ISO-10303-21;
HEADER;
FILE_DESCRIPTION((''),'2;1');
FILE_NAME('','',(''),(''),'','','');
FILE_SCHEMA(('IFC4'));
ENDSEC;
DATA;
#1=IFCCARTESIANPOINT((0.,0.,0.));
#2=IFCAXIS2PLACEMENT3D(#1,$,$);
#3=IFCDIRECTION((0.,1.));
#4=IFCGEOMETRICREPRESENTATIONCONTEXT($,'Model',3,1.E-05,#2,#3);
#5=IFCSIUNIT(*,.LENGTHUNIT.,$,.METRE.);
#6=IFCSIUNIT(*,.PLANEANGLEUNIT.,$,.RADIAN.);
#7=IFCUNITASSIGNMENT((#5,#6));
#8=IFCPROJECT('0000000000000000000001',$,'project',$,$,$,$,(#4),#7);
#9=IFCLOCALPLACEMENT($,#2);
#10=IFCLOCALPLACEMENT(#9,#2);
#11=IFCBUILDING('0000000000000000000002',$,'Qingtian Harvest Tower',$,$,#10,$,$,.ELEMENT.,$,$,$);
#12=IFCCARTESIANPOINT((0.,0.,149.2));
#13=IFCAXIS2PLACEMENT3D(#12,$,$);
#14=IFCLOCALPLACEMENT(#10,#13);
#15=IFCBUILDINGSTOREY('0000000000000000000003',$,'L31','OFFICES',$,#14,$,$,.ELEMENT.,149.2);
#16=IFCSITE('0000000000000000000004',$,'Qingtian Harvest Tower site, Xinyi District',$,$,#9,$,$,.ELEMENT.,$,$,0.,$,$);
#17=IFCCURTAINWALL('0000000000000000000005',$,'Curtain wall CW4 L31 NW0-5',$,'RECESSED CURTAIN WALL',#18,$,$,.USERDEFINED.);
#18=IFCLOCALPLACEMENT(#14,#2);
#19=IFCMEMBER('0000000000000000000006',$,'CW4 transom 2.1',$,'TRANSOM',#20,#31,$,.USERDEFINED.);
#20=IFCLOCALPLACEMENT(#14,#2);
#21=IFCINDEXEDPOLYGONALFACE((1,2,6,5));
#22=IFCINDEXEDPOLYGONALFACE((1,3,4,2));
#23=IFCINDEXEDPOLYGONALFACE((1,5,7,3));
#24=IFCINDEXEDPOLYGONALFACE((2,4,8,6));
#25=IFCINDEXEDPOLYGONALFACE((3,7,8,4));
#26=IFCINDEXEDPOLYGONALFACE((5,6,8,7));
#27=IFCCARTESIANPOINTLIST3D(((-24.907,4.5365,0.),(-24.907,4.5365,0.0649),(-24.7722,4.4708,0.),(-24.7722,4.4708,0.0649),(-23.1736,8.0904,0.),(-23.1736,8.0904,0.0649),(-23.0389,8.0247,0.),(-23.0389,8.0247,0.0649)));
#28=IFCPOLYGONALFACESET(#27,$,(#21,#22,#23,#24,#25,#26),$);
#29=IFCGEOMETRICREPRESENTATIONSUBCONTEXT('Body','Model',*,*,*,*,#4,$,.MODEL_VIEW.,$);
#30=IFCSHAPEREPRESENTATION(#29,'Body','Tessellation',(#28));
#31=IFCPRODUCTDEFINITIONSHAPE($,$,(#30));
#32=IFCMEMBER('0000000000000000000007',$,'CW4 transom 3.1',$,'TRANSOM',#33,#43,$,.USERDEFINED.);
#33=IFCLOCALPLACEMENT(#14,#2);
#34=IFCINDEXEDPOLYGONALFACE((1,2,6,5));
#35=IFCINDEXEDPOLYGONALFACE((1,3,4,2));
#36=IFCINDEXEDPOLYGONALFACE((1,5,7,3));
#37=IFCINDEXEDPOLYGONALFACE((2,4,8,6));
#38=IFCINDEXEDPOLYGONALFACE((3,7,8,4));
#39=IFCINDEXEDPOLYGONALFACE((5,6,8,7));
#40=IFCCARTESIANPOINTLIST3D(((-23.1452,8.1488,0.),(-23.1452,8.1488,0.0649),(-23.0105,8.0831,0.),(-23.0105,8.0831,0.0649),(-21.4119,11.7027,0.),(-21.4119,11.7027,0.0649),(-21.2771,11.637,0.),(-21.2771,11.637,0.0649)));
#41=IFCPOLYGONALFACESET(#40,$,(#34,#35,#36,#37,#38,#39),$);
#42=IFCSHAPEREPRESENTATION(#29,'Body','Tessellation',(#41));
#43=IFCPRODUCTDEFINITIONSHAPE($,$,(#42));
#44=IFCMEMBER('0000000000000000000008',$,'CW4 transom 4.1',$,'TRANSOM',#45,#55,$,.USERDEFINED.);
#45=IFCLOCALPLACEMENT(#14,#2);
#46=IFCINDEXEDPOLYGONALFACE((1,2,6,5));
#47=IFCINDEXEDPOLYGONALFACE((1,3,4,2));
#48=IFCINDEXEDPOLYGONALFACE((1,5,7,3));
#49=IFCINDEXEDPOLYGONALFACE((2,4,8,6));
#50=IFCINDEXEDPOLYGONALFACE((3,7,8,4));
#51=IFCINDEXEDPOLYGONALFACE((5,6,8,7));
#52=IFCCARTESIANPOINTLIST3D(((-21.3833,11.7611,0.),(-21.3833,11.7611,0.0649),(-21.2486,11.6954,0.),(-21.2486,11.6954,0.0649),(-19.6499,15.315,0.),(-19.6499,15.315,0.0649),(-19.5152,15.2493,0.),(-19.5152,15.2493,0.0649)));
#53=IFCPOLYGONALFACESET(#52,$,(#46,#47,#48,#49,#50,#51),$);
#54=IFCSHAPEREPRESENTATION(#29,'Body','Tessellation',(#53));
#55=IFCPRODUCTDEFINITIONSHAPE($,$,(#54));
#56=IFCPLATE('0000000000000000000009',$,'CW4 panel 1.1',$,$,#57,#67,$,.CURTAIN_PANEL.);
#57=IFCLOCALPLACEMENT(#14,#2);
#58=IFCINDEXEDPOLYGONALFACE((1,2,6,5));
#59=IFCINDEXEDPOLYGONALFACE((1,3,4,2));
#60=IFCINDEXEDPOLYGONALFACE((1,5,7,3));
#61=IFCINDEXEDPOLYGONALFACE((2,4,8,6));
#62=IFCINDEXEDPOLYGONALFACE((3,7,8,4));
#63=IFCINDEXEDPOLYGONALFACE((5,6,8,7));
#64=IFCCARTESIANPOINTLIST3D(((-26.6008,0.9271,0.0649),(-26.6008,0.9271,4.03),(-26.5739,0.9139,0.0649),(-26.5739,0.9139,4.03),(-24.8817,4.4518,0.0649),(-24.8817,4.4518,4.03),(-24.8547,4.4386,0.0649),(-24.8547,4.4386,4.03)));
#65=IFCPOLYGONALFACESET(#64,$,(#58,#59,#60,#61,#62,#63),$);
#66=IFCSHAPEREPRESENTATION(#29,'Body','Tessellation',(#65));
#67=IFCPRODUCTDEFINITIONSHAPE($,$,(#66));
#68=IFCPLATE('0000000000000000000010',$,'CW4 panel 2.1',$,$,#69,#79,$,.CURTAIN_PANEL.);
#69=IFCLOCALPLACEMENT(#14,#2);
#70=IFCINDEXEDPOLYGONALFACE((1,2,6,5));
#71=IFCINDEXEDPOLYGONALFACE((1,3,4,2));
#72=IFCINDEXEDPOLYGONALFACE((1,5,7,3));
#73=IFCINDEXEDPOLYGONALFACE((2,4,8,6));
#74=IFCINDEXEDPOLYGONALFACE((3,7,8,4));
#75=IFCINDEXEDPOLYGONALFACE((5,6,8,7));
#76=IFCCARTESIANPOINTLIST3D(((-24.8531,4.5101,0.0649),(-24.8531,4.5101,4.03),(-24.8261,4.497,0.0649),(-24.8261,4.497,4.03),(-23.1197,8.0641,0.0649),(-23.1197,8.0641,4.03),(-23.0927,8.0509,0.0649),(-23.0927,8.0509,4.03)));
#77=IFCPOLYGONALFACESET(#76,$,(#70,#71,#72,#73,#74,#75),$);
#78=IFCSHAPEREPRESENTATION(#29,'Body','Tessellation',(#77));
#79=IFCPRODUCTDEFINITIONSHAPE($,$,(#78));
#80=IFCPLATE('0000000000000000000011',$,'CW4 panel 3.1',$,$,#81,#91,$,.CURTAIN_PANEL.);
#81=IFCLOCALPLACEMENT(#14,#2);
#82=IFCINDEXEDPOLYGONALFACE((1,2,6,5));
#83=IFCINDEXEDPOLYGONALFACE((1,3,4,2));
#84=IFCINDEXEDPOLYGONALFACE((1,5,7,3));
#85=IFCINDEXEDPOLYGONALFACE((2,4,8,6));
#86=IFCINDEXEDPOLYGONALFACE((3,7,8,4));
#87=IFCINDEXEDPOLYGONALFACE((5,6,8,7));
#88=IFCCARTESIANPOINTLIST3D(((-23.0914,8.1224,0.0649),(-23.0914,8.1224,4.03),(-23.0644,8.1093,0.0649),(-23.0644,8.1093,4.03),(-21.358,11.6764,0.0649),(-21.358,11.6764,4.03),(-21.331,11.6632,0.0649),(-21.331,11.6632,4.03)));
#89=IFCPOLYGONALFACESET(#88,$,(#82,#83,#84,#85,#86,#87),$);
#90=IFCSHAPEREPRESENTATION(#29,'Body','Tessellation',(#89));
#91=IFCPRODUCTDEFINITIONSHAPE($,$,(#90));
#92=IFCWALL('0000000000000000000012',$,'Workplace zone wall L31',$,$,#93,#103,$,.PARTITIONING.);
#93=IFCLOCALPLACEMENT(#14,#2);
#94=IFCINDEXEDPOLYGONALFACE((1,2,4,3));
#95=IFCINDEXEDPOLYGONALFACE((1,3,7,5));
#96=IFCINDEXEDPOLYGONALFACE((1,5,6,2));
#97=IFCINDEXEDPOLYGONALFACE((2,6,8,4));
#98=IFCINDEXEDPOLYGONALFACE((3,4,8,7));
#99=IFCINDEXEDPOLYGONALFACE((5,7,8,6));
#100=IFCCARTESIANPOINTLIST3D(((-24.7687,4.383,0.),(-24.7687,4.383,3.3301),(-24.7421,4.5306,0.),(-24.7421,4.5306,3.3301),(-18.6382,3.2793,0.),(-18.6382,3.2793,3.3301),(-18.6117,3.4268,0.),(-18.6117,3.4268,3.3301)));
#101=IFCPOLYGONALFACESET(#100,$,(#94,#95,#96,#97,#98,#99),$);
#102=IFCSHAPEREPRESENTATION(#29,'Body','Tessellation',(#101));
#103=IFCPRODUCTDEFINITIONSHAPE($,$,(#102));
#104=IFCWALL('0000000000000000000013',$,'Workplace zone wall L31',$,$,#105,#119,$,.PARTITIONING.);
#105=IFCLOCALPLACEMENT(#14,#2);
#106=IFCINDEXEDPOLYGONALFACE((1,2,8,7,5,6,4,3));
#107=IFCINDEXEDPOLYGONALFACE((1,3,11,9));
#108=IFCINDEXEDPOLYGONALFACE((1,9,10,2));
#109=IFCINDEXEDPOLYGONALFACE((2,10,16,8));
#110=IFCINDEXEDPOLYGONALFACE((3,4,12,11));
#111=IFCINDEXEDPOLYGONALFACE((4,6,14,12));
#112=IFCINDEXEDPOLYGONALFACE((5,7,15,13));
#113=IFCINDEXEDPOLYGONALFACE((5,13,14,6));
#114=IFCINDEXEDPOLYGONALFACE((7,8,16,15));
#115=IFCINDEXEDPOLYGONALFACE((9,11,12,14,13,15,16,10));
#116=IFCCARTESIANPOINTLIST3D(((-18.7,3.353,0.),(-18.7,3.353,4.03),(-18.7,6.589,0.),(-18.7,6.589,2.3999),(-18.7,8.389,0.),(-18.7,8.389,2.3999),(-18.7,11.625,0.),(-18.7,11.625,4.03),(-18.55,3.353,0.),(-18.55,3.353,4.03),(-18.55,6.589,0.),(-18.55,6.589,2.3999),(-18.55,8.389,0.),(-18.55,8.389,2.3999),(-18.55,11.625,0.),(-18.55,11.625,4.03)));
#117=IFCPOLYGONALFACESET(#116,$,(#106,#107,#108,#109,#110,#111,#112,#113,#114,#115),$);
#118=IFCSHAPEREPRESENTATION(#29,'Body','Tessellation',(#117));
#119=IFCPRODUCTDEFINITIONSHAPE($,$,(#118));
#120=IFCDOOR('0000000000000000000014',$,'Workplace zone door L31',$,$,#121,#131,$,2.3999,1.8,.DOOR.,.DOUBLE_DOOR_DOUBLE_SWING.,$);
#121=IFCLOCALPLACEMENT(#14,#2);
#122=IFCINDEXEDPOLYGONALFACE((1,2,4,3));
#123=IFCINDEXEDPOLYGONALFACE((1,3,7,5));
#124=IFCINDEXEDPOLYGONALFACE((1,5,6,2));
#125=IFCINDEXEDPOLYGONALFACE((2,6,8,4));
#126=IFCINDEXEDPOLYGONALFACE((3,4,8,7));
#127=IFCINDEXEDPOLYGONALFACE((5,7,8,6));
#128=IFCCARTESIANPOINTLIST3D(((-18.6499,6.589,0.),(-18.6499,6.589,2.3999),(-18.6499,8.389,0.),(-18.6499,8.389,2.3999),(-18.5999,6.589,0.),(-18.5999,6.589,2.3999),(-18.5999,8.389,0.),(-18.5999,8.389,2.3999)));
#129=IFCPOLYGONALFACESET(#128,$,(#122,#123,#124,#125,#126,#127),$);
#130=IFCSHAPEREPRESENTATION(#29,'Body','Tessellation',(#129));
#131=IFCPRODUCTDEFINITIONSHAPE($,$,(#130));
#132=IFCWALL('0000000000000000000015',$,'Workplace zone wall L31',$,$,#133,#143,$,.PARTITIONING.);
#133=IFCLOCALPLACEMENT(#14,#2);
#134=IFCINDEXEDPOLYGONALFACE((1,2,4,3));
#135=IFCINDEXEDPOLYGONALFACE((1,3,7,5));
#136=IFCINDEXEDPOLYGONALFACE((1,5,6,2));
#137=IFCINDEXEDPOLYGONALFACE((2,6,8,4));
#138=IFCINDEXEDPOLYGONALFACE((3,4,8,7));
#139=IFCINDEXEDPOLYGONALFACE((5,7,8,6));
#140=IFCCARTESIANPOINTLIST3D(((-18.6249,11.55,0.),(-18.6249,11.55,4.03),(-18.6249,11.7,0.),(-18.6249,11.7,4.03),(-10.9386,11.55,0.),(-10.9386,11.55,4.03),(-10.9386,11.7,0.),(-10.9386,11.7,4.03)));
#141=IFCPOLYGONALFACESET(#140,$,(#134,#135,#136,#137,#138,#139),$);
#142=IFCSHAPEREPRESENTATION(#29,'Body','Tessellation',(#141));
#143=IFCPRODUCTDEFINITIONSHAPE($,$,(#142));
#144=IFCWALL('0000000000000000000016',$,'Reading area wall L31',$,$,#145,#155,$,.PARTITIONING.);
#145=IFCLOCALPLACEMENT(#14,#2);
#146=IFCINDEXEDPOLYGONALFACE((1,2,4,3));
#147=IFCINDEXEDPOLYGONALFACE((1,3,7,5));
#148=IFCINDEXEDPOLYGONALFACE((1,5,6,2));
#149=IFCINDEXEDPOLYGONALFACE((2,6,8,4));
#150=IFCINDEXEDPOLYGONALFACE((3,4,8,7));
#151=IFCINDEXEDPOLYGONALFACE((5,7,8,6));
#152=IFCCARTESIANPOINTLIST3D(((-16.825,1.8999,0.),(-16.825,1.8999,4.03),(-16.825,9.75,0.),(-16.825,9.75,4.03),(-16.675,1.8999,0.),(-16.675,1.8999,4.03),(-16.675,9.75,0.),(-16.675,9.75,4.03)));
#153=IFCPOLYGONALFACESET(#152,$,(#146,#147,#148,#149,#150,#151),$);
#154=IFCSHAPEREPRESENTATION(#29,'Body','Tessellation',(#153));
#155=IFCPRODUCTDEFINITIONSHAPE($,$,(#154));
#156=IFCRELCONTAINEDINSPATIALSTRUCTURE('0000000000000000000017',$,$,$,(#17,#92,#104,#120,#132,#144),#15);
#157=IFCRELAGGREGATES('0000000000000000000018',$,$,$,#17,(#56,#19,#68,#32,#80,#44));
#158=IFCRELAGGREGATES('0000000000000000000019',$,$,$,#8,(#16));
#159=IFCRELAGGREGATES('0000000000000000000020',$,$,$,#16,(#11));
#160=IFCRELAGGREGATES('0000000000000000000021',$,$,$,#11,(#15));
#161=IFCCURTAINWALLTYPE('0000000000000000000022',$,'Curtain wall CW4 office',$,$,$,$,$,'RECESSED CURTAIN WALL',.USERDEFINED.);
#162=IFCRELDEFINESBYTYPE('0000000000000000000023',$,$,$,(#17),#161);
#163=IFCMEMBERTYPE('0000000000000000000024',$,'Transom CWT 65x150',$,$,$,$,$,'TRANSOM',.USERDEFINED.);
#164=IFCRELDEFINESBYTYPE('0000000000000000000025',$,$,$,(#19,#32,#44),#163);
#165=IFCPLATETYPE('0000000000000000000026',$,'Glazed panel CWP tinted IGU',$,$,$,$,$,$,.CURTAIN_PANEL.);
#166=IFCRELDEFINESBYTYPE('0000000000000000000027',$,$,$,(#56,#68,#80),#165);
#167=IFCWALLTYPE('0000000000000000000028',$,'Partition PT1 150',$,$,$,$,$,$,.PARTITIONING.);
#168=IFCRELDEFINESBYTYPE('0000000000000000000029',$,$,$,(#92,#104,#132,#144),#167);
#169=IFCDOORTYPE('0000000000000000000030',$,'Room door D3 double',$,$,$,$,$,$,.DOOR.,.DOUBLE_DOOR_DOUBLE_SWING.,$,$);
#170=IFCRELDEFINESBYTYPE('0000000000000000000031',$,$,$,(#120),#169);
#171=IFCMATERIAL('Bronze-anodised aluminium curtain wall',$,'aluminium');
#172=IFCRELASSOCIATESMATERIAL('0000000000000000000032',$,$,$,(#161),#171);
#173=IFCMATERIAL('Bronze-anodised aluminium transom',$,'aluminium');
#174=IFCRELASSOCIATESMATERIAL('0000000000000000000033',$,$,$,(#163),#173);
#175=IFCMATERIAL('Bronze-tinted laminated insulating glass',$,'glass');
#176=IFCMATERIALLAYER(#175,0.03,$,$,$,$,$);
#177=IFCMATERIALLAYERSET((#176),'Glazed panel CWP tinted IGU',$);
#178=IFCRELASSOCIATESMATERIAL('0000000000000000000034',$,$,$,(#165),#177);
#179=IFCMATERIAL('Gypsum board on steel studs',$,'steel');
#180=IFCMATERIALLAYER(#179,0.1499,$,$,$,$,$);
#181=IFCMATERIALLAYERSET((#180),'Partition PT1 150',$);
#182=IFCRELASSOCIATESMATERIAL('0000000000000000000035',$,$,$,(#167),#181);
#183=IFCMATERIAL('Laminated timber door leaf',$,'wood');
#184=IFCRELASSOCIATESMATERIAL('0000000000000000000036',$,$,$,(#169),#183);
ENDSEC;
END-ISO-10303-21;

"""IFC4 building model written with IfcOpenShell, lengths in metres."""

from ifc_helpers import new_model, si_unit, direction, frame, frame_2d, origin, origin_2d, place, context, subcontext, project, spatial, rectangle, extrude, material, layer, layer_set, material_profile, profile_set, type_object, element, fill, aggregate, save


model = new_model("IFC4")

# Units and contexts
model_context = context("Model", 3, precision=1e-05, world=origin(), true_north=direction((0.0, 1.0)))
body_context = subcontext(model_context, "Body", "Model", "MODEL_VIEW")
ifc_project = project(units=[si_unit("LENGTHUNIT", "METRE"), si_unit("PLANEANGLEUNIT", "RADIAN")], contexts=[model_context])

# Site, building, storey
site_placement = place(None, origin())
site = spatial("IfcSite", under=ifc_project, at=site_placement, Name="Qingtian Harvest Tower site, Xinyi District", CompositionType="ELEMENT", RefElevation=0.0)
building_placement = place(site_placement, origin())
building = spatial("IfcBuilding", under=site, at=building_placement, Name="Qingtian Harvest Tower", CompositionType="ELEMENT")
storey_placement = place(building_placement, frame((0.0, 0.0, 149.2)))
storey = spatial("IfcBuildingStorey", under=building, at=storey_placement, Name="L31", Description="OFFICES", CompositionType="ELEMENT", Elevation=149.2)

# Shared definitions
ifc_material_1 = material(Name="Bronze-anodised aluminium curtain wall", Category="aluminium")
curtain_wall_type = type_object("IfcCurtainWallType", Name="Curtain wall CW4 office", ElementType="RECESSED CURTAIN WALL", PredefinedType="USERDEFINED", material=ifc_material_1)

# Curtain wall
curtain_wall_1_placement = place(storey_placement, origin())
curtain_wall_1 = element("IfcCurtainWall", 1, at=curtain_wall_1_placement, inside=storey, type_object=curtain_wall_type, Name="Curtain wall CW4 L31 NW0-5", ObjectType="RECESSED CURTAIN WALL", PredefinedType="USERDEFINED")

# Members
ifc_material_2 = material(Name="Bronze-anodised aluminium transom", Category="aluminium")
ifc_material_profile_1 = material_profile(ifc_material_2, rectangle(XDim=0.1499, YDim=0.0649, at=origin_2d()), Name="AL 65x150")
ifc_profile_set_1 = profile_set([ifc_material_profile_1], Name="Bronze-anodised aluminium transom")
member_type_1 = type_object("IfcMemberType", Name="Transom CWT 65x150", ElementType="TRANSOM", PredefinedType="USERDEFINED", material=ifc_profile_set_1)
member_1_placement = place(storey_placement, frame((-24.8396, 4.5037, 0.0325), z_axis=(0.438375, 0.898792, 0.0), x_axis=(-0.898792, 0.438375, 0.0)))
member_1 = element("IfcMember", 2, at=member_1_placement, type_object=member_type_1, Name="CW4 transom 2.1", ObjectType="TRANSOM", PredefinedType="USERDEFINED", context=body_context, shape_type="SweptSolid", body=[
    extrude(rectangle(XDim=0.1499, YDim=0.0649, at=origin_2d()), origin(), (0.0, 0.0, 1.0), 3.9541),
])
member_2_placement = place(storey_placement, frame((-23.0779, 8.116, 0.0325), z_axis=(0.438375, 0.898792, 0.0), x_axis=(-0.898792, 0.438375, 0.0)))
member_2 = element("IfcMember", 3, at=member_2_placement, type_object=member_type_1, Name="CW4 transom 3.1", ObjectType="TRANSOM", PredefinedType="USERDEFINED", context=body_context, shape_type="SweptSolid", body=[
    extrude(rectangle(XDim=0.1499, YDim=0.0649, at=origin_2d()), origin(), (0.0, 0.0, 1.0), 3.9541),
])
member_3_placement = place(storey_placement, frame((-21.3159, 11.7283, 0.0325), z_axis=(0.438375, 0.898792, 0.0), x_axis=(-0.898792, 0.438375, 0.0)))
member_3 = element("IfcMember", 4, at=member_3_placement, type_object=member_type_1, Name="CW4 transom 4.1", ObjectType="TRANSOM", PredefinedType="USERDEFINED", context=body_context, shape_type="SweptSolid", body=[
    extrude(rectangle(XDim=0.1499, YDim=0.0649, at=origin_2d()), origin(), (0.0, 0.0, 1.0), 3.9541),
])

# Plates
ifc_material_3 = material(Name="Bronze-tinted laminated insulating glass", Category="glass")
ifc_layer_1 = layer(ifc_material_3, 0.03)
ifc_layer_set_1 = layer_set([ifc_layer_1], Name="Glazed panel CWP tinted IGU")
plate_type = type_object("IfcPlateType", Name="Glazed panel CWP tinted IGU", PredefinedType="CURTAIN_PANEL", material=ifc_layer_set_1)
plate_1_placement = place(storey_placement, frame((-25.7278, 2.6829, 0.0649), z_axis=(0.0, 0.0, 1.0), x_axis=(0.438371, 0.898794, 0.0)))
plate_1 = element("IfcPlate", 5, at=plate_1_placement, type_object=plate_type, Name="CW4 panel 1.1", PredefinedType="CURTAIN_PANEL", context=body_context, shape_type="SweptSolid", body=[
    extrude(rectangle(XDim=3.9216, YDim=0.03, at=origin_2d()), origin(), (0.0, 0.0, 1.0), 3.9651),
])
plate_2_placement = place(storey_placement, frame((-23.9729, 6.2805, 0.0649), z_axis=(0.0, 0.0, 1.0), x_axis=(0.438371, 0.898794, 0.0)))
plate_2 = element("IfcPlate", 6, at=plate_2_placement, type_object=plate_type, Name="CW4 panel 2.1", PredefinedType="CURTAIN_PANEL", context=body_context, shape_type="SweptSolid", body=[
    extrude(rectangle(XDim=3.9541, YDim=0.03, at=origin_2d()), origin(), (0.0, 0.0, 1.0), 3.9651),
])
plate_3_placement = place(storey_placement, frame((-22.2112, 9.8928, 0.0649), z_axis=(0.0, 0.0, 1.0), x_axis=(0.438371, 0.898794, 0.0)))
plate_3 = element("IfcPlate", 7, at=plate_3_placement, type_object=plate_type, Name="CW4 panel 3.1", PredefinedType="CURTAIN_PANEL", context=body_context, shape_type="SweptSolid", body=[
    extrude(rectangle(XDim=3.9541, YDim=0.03, at=origin_2d()), origin(), (0.0, 0.0, 1.0), 3.9651),
])
aggregate(curtain_wall_1, [plate_1, member_1, plate_2, member_2, plate_3, member_3])

# Wall
ifc_material_4 = material(Name="Gypsum board on steel studs", Category="steel")
ifc_layer_2 = layer(ifc_material_4, 0.1499)
ifc_layer_set_2 = layer_set([ifc_layer_2], Name="Partition PT1 150")
wall_type = type_object("IfcWallType", Name="Partition PT1 150", PredefinedType="PARTITIONING", material=ifc_layer_set_2)
wall_1_placement = place(storey_placement, frame((-24.7554, 4.4568, 0.0), z_axis=(0.0, 0.0, 1.0), x_axis=(0.984175, -0.177199, 0.0)))
element("IfcWall", 8, at=wall_1_placement, inside=storey, type_object=wall_type, Name="Workplace zone wall L31", PredefinedType="PARTITIONING", context=body_context, shape_type="SweptSolid", body=[
    extrude(rectangle(XDim=6.229, YDim=0.1499, at=frame_2d((3.1145, 0.0))), origin(), (0.0, 0.0, 1.0), 3.3301),
])

# Wall, opening, door
wall_2_placement = place(storey_placement, frame((-18.625, 3.353, 0.0), z_axis=(0.0, 0.0, 1.0), x_axis=(0.0, 1.0, 0.0)))
wall_2 = element("IfcWall", 9, at=wall_2_placement, inside=storey, type_object=wall_type, Name="Workplace zone wall L31", PredefinedType="PARTITIONING", context=body_context, shape_type="SweptSolid", body=[
    extrude(rectangle(XDim=8.272, YDim=0.1499, at=frame_2d((4.136, 0.0))), origin(), (0.0, 0.0, 1.0), 4.03),
])
opening_placement = place(wall_2_placement, frame((3.2361, 0.0, 0.0)))
opening = element("IfcOpeningElement", 10, at=opening_placement, cuts=wall_2, PredefinedType="OPENING", context=body_context, shape_type="SweptSolid", body=[
    extrude(rectangle(XDim=1.8, YDim=2.3999, at=frame_2d((0.8999, 1.2))), frame((0.0, 0.085, 0.0), z_axis=(0.0, -1.0, 0.0), x_axis=(1.0, 0.0, 0.0)), (0.0, 0.0, 1.0), 0.1699),
])
ifc_material_5 = material(Name="Laminated timber door leaf", Category="wood")
door_type = type_object("IfcDoorType", Name="Room door D3 double", OperationType="DOUBLE_DOOR_DOUBLE_SWING", PredefinedType="DOOR", material=ifc_material_5)
door_placement = place(opening_placement, origin())
door = element("IfcDoor", 11, at=door_placement, inside=storey, type_object=door_type, Name="Workplace zone door L31", OperationType="DOUBLE_DOOR_DOUBLE_SWING", OverallHeight=2.3999, OverallWidth=1.8, PredefinedType="DOOR", context=body_context, shape_type="SweptSolid", body=[
    extrude(rectangle(XDim=1.8, YDim=2.3999, at=frame_2d((0.8999, 1.2))), frame((0.0, 0.0249, 0.0), z_axis=(0.0, -1.0, 0.0), x_axis=(1.0, 0.0, 0.0)), (0.0, 0.0, 1.0), 0.05),
])
fill(opening, door)

# Walls
wall_3_placement = place(storey_placement, frame((-18.625, 11.625, 0.0), z_axis=(0.0, 0.0, 1.0), x_axis=(1.0, 0.0, 0.0)))
element("IfcWall", 12, at=wall_3_placement, inside=storey, type_object=wall_type, Name="Workplace zone wall L31", PredefinedType="PARTITIONING", context=body_context, shape_type="SweptSolid", body=[
    extrude(rectangle(XDim=7.6863, YDim=0.1499, at=frame_2d((3.8433, 0.0))), origin(), (0.0, 0.0, 1.0), 4.03),
])
wall_4_placement = place(storey_placement, frame((-16.75, 1.8999, 0.0), z_axis=(0.0, 0.0, 1.0), x_axis=(0.0, 1.0, 0.0)))
element("IfcWall", 13, at=wall_4_placement, inside=storey, type_object=wall_type, Name="Reading area wall L31", PredefinedType="PARTITIONING", context=body_context, shape_type="SweptSolid", body=[
    extrude(rectangle(XDim=7.8501, YDim=0.1499, at=frame_2d((3.925, 0.0))), origin(), (0.0, 0.0, 1.0), 4.03),
])

save(model, "model.ifc")
